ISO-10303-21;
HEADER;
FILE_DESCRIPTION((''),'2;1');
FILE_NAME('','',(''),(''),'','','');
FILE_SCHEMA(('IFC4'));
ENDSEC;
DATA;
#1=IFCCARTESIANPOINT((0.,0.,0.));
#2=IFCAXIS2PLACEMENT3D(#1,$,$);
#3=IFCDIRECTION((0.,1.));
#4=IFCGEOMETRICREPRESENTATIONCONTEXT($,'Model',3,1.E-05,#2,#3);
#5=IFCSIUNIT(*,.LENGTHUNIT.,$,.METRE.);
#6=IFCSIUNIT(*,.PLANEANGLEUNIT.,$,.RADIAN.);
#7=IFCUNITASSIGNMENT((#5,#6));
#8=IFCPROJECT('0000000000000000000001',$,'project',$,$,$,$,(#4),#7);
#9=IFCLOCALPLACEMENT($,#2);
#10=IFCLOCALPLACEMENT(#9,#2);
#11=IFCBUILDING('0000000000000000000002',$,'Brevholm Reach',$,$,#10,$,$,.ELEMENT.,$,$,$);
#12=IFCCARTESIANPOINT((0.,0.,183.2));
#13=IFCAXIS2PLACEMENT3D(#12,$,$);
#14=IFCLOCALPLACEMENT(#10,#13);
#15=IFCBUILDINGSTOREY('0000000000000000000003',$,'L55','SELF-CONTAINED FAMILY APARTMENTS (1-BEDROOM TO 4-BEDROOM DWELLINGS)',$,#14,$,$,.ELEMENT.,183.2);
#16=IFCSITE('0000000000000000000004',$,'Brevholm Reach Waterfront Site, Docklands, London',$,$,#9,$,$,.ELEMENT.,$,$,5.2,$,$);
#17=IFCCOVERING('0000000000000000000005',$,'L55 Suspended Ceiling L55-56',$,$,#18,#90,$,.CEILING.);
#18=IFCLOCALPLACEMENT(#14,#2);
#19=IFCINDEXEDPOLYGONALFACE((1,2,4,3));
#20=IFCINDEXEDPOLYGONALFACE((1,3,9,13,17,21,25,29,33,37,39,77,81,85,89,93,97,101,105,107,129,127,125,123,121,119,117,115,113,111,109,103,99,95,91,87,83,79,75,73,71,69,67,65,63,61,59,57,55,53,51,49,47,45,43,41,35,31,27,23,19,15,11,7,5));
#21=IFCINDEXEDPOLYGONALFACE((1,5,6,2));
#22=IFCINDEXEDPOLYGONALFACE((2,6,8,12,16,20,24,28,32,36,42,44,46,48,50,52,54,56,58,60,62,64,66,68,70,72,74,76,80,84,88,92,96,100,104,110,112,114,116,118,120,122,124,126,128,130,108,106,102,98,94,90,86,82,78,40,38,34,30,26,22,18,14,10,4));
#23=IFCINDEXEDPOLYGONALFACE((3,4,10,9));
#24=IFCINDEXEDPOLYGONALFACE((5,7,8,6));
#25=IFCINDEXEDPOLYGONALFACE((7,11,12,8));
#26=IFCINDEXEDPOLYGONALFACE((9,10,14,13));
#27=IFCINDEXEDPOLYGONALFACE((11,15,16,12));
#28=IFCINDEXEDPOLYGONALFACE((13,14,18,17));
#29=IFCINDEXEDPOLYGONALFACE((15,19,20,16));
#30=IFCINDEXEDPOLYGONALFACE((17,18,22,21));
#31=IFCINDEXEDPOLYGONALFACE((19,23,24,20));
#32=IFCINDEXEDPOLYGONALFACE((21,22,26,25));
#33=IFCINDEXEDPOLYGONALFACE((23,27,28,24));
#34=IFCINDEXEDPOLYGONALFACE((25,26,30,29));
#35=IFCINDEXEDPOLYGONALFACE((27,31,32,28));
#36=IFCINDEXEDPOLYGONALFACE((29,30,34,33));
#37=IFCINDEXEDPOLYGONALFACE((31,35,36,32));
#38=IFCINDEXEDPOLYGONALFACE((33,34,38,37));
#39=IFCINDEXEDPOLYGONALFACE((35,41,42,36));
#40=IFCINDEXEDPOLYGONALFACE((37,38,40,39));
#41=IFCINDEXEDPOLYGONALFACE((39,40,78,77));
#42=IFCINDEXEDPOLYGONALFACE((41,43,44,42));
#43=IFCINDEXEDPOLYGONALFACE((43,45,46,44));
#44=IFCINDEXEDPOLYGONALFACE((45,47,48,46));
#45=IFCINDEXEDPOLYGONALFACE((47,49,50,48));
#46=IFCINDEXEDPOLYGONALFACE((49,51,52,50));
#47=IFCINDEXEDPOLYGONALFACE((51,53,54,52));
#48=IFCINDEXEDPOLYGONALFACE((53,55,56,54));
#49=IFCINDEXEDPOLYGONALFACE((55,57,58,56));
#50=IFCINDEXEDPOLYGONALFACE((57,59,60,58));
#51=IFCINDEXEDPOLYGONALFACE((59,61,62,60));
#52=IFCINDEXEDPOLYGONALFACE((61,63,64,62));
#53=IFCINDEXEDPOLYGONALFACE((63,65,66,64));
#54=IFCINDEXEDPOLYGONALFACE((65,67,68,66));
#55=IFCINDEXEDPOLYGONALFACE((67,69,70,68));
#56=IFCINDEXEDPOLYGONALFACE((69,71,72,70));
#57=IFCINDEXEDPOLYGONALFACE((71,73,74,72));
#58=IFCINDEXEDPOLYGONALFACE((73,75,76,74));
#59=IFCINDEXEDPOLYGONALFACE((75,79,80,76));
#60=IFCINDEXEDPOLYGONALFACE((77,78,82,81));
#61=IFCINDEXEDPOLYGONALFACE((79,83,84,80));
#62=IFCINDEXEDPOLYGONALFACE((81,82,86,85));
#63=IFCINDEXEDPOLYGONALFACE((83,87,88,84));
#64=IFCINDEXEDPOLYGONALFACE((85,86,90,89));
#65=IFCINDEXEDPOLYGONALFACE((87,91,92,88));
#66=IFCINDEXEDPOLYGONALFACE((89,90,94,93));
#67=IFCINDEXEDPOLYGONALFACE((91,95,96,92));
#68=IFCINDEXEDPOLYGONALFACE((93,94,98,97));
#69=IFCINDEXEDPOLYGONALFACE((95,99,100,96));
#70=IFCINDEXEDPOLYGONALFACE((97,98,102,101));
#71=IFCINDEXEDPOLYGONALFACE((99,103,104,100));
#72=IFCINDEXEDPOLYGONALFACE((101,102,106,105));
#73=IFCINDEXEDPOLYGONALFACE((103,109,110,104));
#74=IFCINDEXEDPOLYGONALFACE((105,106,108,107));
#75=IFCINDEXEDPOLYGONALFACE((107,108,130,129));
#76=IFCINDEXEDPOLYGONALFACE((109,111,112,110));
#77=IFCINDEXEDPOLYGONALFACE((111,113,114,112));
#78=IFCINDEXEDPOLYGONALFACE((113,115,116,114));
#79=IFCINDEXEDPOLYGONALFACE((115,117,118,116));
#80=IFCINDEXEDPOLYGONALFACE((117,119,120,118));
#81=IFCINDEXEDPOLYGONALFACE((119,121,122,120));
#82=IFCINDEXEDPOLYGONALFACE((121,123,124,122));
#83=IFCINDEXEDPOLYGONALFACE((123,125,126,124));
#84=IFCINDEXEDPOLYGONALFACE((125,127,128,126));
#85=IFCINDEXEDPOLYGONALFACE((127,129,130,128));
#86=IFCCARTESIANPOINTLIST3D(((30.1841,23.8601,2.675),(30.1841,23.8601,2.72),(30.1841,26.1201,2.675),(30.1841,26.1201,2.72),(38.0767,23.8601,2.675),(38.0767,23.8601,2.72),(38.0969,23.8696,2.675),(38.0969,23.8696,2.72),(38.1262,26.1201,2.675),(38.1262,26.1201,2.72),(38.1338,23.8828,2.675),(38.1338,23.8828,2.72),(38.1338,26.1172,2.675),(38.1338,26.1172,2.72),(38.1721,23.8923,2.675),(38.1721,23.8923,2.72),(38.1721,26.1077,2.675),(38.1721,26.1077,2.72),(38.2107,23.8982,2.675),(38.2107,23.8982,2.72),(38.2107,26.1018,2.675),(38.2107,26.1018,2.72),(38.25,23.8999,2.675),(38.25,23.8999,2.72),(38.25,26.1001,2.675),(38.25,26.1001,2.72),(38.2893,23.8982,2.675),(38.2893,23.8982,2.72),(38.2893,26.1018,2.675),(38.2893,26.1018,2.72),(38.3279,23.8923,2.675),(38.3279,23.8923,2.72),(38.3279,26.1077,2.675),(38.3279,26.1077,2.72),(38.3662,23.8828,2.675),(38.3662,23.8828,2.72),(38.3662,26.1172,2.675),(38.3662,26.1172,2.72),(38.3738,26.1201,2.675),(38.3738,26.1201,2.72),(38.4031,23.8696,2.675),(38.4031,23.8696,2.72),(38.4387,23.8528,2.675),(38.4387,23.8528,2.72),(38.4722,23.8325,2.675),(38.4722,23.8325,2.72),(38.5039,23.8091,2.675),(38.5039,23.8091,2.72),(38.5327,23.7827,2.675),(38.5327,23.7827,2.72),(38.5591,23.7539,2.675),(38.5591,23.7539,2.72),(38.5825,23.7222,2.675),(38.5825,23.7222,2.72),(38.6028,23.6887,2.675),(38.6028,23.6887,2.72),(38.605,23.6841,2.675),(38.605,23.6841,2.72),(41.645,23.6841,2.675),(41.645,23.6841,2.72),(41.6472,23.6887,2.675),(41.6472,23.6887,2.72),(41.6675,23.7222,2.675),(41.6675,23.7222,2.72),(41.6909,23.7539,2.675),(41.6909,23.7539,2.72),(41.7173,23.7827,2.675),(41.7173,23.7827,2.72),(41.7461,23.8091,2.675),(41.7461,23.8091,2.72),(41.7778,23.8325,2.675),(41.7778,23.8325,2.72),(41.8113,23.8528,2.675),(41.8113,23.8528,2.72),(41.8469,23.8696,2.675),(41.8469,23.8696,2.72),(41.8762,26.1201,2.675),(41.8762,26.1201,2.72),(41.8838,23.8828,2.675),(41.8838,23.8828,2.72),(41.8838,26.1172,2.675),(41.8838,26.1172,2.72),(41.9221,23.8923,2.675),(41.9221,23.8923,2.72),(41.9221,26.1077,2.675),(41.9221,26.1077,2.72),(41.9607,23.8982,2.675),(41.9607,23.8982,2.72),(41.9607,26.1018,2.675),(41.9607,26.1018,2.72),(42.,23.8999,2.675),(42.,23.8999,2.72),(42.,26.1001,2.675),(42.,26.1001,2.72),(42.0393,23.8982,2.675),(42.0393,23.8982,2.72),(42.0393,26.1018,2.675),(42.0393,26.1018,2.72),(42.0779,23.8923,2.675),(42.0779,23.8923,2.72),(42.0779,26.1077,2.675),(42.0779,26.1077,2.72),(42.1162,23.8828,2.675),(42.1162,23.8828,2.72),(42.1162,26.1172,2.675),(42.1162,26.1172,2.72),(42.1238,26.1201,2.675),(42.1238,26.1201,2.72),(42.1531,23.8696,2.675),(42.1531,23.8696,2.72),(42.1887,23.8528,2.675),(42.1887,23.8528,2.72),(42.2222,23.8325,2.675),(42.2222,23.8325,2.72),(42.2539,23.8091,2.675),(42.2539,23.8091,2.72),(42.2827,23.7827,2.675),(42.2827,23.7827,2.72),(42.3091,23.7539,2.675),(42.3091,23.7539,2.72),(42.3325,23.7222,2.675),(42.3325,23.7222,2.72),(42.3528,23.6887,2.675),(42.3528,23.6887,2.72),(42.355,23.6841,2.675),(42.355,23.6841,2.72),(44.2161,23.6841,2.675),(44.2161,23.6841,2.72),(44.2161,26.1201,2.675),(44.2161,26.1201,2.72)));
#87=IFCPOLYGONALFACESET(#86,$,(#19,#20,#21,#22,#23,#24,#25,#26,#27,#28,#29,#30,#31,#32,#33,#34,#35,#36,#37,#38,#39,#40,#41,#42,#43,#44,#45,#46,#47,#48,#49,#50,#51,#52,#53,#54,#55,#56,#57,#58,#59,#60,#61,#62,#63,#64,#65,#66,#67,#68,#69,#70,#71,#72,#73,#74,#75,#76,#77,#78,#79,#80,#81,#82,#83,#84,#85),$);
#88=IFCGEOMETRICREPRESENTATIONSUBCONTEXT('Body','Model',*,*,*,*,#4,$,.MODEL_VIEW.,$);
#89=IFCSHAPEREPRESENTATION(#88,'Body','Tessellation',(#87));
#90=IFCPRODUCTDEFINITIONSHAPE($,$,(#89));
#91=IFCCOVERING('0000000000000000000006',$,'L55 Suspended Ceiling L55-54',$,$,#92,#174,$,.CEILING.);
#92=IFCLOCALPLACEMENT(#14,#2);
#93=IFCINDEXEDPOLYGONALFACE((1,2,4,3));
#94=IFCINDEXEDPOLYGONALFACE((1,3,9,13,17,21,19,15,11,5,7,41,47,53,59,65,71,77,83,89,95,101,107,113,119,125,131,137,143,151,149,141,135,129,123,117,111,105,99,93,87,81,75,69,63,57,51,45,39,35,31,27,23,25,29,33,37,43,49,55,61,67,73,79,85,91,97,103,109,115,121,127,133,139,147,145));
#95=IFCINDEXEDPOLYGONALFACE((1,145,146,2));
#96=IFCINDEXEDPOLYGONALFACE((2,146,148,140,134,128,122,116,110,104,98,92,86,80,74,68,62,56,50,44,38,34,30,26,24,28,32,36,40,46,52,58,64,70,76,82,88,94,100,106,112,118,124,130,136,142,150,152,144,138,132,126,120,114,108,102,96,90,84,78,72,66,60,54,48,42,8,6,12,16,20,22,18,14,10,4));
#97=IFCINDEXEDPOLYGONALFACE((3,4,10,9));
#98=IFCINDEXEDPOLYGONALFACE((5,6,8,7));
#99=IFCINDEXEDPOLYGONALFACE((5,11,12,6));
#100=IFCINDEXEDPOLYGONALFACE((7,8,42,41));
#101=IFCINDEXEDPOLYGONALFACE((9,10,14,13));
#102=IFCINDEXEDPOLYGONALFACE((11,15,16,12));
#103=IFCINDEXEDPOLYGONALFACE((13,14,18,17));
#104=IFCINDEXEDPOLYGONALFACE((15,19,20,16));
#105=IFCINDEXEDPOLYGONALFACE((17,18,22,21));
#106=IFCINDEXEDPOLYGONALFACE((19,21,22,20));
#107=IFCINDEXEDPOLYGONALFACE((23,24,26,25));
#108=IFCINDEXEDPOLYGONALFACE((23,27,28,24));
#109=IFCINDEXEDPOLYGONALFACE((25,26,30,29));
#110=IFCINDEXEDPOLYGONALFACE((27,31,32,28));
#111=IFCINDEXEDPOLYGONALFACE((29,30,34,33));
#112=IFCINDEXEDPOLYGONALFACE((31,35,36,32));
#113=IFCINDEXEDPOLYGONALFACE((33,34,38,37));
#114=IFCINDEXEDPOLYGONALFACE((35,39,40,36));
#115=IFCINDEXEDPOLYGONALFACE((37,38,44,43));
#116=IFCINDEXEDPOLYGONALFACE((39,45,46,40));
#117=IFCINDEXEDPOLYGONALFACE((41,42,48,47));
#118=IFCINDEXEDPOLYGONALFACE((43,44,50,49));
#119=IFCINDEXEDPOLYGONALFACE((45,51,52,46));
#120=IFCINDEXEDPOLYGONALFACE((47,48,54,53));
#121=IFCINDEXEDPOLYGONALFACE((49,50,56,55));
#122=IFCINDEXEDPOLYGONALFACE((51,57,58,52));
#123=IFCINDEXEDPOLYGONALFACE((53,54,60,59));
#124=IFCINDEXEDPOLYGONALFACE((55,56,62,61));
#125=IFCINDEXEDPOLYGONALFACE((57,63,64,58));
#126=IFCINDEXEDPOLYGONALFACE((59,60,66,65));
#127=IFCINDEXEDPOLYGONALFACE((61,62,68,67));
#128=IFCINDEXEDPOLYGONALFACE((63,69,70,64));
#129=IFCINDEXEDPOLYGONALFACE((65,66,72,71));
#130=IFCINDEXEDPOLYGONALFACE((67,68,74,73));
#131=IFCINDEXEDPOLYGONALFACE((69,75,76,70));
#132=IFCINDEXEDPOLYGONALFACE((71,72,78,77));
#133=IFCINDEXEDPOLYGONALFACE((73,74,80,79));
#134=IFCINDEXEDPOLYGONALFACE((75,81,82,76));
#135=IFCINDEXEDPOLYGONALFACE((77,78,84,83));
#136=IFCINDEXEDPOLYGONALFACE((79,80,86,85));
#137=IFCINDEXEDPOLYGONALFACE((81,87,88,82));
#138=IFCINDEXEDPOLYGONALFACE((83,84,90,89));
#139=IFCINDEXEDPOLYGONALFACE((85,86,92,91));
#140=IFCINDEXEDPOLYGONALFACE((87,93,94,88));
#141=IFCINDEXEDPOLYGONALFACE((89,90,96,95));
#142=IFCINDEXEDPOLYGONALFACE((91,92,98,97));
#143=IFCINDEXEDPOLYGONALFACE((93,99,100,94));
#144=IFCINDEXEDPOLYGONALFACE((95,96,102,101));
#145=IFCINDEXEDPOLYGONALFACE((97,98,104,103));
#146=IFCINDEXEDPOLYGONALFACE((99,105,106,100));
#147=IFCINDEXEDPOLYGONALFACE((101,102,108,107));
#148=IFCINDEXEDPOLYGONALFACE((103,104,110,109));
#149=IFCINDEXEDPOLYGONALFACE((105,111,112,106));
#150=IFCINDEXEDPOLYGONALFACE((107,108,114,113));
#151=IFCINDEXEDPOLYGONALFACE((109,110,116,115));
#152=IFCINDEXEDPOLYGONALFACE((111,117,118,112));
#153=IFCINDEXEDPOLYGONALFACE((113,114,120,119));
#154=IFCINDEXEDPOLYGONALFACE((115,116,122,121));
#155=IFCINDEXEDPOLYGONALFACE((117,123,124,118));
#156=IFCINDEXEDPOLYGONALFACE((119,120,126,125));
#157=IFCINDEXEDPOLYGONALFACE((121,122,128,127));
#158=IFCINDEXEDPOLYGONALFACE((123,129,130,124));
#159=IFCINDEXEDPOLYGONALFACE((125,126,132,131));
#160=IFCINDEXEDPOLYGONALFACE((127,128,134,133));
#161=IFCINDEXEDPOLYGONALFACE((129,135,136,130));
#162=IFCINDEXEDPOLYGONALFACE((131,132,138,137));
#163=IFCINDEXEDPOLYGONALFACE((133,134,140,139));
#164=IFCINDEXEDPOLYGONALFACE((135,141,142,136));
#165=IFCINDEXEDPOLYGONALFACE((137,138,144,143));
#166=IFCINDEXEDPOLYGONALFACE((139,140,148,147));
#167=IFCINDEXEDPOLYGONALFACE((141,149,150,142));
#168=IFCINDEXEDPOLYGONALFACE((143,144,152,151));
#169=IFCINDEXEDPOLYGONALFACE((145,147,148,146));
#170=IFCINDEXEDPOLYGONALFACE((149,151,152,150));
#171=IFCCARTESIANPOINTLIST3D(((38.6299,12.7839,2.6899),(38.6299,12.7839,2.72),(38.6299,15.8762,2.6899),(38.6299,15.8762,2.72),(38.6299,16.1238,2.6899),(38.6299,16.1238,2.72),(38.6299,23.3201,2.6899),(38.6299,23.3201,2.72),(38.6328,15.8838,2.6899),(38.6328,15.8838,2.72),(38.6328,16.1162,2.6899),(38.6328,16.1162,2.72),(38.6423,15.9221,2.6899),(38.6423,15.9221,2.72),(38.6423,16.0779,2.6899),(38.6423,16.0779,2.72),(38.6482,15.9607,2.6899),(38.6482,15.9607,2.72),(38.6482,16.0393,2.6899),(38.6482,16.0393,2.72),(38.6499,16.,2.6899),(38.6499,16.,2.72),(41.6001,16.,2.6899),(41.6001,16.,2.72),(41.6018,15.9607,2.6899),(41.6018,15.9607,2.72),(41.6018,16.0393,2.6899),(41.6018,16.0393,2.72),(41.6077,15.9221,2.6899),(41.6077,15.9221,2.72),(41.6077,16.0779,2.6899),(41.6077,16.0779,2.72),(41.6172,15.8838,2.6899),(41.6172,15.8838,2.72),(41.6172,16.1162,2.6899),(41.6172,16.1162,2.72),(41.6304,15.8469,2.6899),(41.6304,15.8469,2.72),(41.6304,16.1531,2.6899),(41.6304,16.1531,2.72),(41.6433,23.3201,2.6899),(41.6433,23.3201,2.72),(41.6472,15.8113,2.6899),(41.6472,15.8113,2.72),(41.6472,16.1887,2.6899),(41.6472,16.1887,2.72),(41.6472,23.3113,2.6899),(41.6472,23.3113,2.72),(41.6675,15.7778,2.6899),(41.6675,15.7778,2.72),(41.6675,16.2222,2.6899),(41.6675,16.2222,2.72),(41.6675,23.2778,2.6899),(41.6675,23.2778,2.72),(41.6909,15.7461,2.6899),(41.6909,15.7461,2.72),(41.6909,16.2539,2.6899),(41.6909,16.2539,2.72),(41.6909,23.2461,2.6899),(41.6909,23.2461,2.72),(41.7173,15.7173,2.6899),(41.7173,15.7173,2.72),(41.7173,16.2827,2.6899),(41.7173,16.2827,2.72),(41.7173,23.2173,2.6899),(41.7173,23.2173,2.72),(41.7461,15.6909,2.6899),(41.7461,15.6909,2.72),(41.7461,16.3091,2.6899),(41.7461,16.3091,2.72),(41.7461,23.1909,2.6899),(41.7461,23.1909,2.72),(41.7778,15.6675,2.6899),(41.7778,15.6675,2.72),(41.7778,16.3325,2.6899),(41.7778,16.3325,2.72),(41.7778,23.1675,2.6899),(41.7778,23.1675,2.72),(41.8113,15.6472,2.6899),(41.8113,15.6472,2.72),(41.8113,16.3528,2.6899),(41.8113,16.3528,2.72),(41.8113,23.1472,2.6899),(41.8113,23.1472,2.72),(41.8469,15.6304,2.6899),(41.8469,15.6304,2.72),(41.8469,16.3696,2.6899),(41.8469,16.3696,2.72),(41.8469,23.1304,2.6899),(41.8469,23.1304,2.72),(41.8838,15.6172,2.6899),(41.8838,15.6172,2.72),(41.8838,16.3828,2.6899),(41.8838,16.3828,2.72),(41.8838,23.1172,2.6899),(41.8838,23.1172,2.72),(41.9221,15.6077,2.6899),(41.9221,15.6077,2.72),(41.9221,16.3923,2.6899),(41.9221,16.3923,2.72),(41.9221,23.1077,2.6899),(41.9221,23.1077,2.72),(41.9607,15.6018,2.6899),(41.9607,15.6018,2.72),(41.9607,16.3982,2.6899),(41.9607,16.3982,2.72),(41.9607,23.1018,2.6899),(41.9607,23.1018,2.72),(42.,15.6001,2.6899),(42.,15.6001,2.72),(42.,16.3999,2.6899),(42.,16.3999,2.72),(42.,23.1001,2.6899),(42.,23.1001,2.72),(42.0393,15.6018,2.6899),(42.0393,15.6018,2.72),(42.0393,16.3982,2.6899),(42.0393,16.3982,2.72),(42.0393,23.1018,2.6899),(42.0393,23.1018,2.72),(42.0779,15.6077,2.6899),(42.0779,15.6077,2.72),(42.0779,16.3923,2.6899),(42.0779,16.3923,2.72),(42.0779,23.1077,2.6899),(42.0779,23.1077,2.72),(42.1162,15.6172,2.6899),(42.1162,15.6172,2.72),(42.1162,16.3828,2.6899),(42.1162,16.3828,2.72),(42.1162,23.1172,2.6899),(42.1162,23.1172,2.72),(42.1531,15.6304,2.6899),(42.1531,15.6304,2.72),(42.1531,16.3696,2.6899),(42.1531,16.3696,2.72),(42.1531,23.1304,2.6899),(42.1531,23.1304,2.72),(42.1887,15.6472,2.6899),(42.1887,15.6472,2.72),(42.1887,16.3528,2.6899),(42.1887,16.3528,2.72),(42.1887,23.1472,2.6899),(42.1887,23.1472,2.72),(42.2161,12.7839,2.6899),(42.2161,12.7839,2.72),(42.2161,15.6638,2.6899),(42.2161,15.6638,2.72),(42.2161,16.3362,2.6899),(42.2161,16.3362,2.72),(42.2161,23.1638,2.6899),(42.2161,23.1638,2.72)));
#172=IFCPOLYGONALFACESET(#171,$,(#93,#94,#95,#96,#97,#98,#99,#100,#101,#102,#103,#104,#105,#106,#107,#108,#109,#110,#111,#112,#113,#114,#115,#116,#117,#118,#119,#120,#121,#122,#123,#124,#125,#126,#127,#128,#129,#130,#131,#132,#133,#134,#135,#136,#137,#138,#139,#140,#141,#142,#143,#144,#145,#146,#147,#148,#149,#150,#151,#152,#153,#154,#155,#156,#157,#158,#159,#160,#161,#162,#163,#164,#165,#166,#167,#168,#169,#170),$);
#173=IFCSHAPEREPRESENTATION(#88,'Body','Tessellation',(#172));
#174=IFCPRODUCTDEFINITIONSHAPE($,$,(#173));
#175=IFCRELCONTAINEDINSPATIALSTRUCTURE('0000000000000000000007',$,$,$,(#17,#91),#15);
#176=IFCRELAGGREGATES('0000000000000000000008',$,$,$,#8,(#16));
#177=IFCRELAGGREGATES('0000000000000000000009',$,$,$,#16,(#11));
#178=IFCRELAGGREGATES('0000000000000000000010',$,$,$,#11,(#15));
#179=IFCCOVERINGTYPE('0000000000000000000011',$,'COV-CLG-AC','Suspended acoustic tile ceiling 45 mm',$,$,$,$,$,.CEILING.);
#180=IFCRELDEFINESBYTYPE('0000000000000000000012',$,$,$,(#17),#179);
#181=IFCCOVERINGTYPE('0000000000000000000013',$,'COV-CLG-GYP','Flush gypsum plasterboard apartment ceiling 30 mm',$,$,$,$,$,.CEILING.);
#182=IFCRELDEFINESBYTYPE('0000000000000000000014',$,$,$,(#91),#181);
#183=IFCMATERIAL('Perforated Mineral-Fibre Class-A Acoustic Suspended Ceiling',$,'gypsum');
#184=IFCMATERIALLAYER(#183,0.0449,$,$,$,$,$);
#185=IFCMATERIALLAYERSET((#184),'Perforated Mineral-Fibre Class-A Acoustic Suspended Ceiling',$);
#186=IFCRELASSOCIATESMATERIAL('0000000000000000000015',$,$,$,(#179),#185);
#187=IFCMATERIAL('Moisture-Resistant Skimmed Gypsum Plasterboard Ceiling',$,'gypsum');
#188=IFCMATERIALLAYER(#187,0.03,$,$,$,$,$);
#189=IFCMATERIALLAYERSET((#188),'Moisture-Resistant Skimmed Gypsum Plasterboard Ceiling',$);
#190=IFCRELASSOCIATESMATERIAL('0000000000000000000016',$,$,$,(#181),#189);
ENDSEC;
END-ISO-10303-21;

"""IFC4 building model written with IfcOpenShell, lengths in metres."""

from ifc_helpers import new_model, si_unit, direction, frame, origin, place, context, subcontext, project, spatial, polyline, outline, extrude, material, layer, layer_set, type_object, element, save


model = new_model("IFC4")

# Units and contexts
model_context = context("Model", 3, precision=1e-05, world=origin(), true_north=direction((0.0, 1.0)))
body_context = subcontext(model_context, "Body", "Model", "MODEL_VIEW")
ifc_project = project(units=[si_unit("LENGTHUNIT", "METRE"), si_unit("PLANEANGLEUNIT", "RADIAN")], contexts=[model_context])

# Site, building, storey
site_placement = place(None, origin())
site = spatial("IfcSite", under=ifc_project, at=site_placement, Name="Brevholm Reach Waterfront Site, Docklands, London", CompositionType="ELEMENT", RefElevation=5.2)
building_placement = place(site_placement, origin())
building = spatial("IfcBuilding", under=site, at=building_placement, Name="Brevholm Reach", CompositionType="ELEMENT")
storey_placement = place(building_placement, frame((0.0, 0.0, 183.2)))
storey = spatial("IfcBuildingStorey", under=building, at=storey_placement, Name="L55", Description="SELF-CONTAINED FAMILY APARTMENTS (1-BEDROOM TO 4-BEDROOM DWELLINGS)", CompositionType="ELEMENT", Elevation=183.2)

# Coverings
ifc_material_1 = material(Name="Perforated Mineral-Fibre Class-A Acoustic Suspended Ceiling", Category="gypsum")
ifc_layer_1 = layer(ifc_material_1, 0.0449)
ifc_layer_set_1 = layer_set([ifc_layer_1], Name="Perforated Mineral-Fibre Class-A Acoustic Suspended Ceiling")
covering_type_1 = type_object("IfcCoveringType", Name="COV-CLG-AC", Description="Suspended acoustic tile ceiling 45 mm", PredefinedType="CEILING", material=ifc_layer_set_1)
covering_1_placement = place(storey_placement, frame((0.0, 0.0, 2.675)))
element("IfcCovering", 1, at=covering_1_placement, inside=storey, type_object=covering_type_1, Name="L55 Suspended Ceiling L55-56", PredefinedType="CEILING", context=body_context, shape_type="SweptSolid", body=[
    extrude(outline(polyline([(38.1262, 26.1201), (38.1338, 26.1172), (38.1721, 26.1077), (38.2107, 26.1018), (38.25, 26.1001), (38.2893, 26.1018), (38.3279, 26.1077), (38.3662, 26.1172), (38.3738, 26.1201), (41.8762, 26.1201), (41.8838, 26.1172), (41.9221, 26.1077), (41.9607, 26.1018), (42.0, 26.1001), (42.0393, 26.1018), (42.0779, 26.1077), (42.1162, 26.1172), (42.1238, 26.1201), (44.2161, 26.1201), (44.2161, 23.6841), (42.355, 23.6841), (42.3528, 23.6887), (42.3325, 23.7222), (42.3091, 23.7539), (42.2827, 23.7827), (42.2539, 23.8091), (42.2222, 23.8325), (42.1887, 23.8528), (42.1531, 23.8696), (42.1162, 23.8828), (42.0779, 23.8923), (42.0393, 23.8982), (42.0, 23.8999), (41.9607, 23.8982), (41.9221, 23.8923), (41.8838, 23.8828), (41.8469, 23.8696), (41.8113, 23.8528), (41.7778, 23.8325), (41.7461, 23.8091), (41.7173, 23.7827), (41.6909, 23.7539), (41.6675, 23.7222), (41.6472, 23.6887), (41.645, 23.6841), (38.605, 23.6841), (38.6028, 23.6887), (38.5825, 23.7222), (38.5591, 23.7539), (38.5327, 23.7827), (38.5039, 23.8091), (38.4722, 23.8325), (38.4387, 23.8528), (38.4031, 23.8696), (38.3662, 23.8828), (38.3279, 23.8923), (38.2893, 23.8982), (38.25, 23.8999), (38.2107, 23.8982), (38.1721, 23.8923), (38.1338, 23.8828), (38.0969, 23.8696), (38.0767, 23.8601), (30.1841, 23.8601), (30.1841, 26.1201), (38.1262, 26.1201)])), origin(), (0.0, 0.0, 1.0), 0.0449),
])
ifc_material_2 = material(Name="Moisture-Resistant Skimmed Gypsum Plasterboard Ceiling", Category="gypsum")
ifc_layer_2 = layer(ifc_material_2, 0.03)
ifc_layer_set_2 = layer_set([ifc_layer_2], Name="Moisture-Resistant Skimmed Gypsum Plasterboard Ceiling")
covering_type_2 = type_object("IfcCoveringType", Name="COV-CLG-GYP", Description="Flush gypsum plasterboard apartment ceiling 30 mm", PredefinedType="CEILING", material=ifc_layer_set_2)
covering_2_placement = place(storey_placement, frame((0.0, 0.0, 2.6899)))
element("IfcCovering", 2, at=covering_2_placement, inside=storey, type_object=covering_type_2, Name="L55 Suspended Ceiling L55-54", PredefinedType="CEILING", context=body_context, shape_type="SweptSolid", body=[
    extrude(outline(polyline([(38.6299, 15.8762), (38.6328, 15.8838), (38.6423, 15.9221), (38.6482, 15.9607), (38.6499, 16.0), (38.6482, 16.0393), (38.6423, 16.0779), (38.6328, 16.1162), (38.6299, 16.1238), (38.6299, 23.3201), (41.6433, 23.3201), (41.6472, 23.3113), (41.6675, 23.2778), (41.6909, 23.2461), (41.7173, 23.2173), (41.7461, 23.1909), (41.7778, 23.1675), (41.8113, 23.1472), (41.8469, 23.1304), (41.8838, 23.1172), (41.9221, 23.1077), (41.9607, 23.1018), (42.0, 23.1001), (42.0393, 23.1018), (42.0779, 23.1077), (42.1162, 23.1172), (42.1531, 23.1304), (42.1887, 23.1472), (42.2161, 23.1638), (42.2161, 16.3362), (42.1887, 16.3528), (42.1531, 16.3696), (42.1162, 16.3828), (42.0779, 16.3923), (42.0393, 16.3982), (42.0, 16.3999), (41.9607, 16.3982), (41.9221, 16.3923), (41.8838, 16.3828), (41.8469, 16.3696), (41.8113, 16.3528), (41.7778, 16.3325), (41.7461, 16.3091), (41.7173, 16.2827), (41.6909, 16.2539), (41.6675, 16.2222), (41.6472, 16.1887), (41.6304, 16.1531), (41.6172, 16.1162), (41.6077, 16.0779), (41.6018, 16.0393), (41.6001, 16.0), (41.6018, 15.9607), (41.6077, 15.9221), (41.6172, 15.8838), (41.6304, 15.8469), (41.6472, 15.8113), (41.6675, 15.7778), (41.6909, 15.7461), (41.7173, 15.7173), (41.7461, 15.6909), (41.7778, 15.6675), (41.8113, 15.6472), (41.8469, 15.6304), (41.8838, 15.6172), (41.9221, 15.6077), (41.9607, 15.6018), (42.0, 15.6001), (42.0393, 15.6018), (42.0779, 15.6077), (42.1162, 15.6172), (42.1531, 15.6304), (42.1887, 15.6472), (42.2161, 15.6638), (42.2161, 12.7839), (38.6299, 12.7839), (38.6299, 15.8762)])), origin(), (0.0, 0.0, 1.0), 0.03),
])

save(model, "model.ifc")
